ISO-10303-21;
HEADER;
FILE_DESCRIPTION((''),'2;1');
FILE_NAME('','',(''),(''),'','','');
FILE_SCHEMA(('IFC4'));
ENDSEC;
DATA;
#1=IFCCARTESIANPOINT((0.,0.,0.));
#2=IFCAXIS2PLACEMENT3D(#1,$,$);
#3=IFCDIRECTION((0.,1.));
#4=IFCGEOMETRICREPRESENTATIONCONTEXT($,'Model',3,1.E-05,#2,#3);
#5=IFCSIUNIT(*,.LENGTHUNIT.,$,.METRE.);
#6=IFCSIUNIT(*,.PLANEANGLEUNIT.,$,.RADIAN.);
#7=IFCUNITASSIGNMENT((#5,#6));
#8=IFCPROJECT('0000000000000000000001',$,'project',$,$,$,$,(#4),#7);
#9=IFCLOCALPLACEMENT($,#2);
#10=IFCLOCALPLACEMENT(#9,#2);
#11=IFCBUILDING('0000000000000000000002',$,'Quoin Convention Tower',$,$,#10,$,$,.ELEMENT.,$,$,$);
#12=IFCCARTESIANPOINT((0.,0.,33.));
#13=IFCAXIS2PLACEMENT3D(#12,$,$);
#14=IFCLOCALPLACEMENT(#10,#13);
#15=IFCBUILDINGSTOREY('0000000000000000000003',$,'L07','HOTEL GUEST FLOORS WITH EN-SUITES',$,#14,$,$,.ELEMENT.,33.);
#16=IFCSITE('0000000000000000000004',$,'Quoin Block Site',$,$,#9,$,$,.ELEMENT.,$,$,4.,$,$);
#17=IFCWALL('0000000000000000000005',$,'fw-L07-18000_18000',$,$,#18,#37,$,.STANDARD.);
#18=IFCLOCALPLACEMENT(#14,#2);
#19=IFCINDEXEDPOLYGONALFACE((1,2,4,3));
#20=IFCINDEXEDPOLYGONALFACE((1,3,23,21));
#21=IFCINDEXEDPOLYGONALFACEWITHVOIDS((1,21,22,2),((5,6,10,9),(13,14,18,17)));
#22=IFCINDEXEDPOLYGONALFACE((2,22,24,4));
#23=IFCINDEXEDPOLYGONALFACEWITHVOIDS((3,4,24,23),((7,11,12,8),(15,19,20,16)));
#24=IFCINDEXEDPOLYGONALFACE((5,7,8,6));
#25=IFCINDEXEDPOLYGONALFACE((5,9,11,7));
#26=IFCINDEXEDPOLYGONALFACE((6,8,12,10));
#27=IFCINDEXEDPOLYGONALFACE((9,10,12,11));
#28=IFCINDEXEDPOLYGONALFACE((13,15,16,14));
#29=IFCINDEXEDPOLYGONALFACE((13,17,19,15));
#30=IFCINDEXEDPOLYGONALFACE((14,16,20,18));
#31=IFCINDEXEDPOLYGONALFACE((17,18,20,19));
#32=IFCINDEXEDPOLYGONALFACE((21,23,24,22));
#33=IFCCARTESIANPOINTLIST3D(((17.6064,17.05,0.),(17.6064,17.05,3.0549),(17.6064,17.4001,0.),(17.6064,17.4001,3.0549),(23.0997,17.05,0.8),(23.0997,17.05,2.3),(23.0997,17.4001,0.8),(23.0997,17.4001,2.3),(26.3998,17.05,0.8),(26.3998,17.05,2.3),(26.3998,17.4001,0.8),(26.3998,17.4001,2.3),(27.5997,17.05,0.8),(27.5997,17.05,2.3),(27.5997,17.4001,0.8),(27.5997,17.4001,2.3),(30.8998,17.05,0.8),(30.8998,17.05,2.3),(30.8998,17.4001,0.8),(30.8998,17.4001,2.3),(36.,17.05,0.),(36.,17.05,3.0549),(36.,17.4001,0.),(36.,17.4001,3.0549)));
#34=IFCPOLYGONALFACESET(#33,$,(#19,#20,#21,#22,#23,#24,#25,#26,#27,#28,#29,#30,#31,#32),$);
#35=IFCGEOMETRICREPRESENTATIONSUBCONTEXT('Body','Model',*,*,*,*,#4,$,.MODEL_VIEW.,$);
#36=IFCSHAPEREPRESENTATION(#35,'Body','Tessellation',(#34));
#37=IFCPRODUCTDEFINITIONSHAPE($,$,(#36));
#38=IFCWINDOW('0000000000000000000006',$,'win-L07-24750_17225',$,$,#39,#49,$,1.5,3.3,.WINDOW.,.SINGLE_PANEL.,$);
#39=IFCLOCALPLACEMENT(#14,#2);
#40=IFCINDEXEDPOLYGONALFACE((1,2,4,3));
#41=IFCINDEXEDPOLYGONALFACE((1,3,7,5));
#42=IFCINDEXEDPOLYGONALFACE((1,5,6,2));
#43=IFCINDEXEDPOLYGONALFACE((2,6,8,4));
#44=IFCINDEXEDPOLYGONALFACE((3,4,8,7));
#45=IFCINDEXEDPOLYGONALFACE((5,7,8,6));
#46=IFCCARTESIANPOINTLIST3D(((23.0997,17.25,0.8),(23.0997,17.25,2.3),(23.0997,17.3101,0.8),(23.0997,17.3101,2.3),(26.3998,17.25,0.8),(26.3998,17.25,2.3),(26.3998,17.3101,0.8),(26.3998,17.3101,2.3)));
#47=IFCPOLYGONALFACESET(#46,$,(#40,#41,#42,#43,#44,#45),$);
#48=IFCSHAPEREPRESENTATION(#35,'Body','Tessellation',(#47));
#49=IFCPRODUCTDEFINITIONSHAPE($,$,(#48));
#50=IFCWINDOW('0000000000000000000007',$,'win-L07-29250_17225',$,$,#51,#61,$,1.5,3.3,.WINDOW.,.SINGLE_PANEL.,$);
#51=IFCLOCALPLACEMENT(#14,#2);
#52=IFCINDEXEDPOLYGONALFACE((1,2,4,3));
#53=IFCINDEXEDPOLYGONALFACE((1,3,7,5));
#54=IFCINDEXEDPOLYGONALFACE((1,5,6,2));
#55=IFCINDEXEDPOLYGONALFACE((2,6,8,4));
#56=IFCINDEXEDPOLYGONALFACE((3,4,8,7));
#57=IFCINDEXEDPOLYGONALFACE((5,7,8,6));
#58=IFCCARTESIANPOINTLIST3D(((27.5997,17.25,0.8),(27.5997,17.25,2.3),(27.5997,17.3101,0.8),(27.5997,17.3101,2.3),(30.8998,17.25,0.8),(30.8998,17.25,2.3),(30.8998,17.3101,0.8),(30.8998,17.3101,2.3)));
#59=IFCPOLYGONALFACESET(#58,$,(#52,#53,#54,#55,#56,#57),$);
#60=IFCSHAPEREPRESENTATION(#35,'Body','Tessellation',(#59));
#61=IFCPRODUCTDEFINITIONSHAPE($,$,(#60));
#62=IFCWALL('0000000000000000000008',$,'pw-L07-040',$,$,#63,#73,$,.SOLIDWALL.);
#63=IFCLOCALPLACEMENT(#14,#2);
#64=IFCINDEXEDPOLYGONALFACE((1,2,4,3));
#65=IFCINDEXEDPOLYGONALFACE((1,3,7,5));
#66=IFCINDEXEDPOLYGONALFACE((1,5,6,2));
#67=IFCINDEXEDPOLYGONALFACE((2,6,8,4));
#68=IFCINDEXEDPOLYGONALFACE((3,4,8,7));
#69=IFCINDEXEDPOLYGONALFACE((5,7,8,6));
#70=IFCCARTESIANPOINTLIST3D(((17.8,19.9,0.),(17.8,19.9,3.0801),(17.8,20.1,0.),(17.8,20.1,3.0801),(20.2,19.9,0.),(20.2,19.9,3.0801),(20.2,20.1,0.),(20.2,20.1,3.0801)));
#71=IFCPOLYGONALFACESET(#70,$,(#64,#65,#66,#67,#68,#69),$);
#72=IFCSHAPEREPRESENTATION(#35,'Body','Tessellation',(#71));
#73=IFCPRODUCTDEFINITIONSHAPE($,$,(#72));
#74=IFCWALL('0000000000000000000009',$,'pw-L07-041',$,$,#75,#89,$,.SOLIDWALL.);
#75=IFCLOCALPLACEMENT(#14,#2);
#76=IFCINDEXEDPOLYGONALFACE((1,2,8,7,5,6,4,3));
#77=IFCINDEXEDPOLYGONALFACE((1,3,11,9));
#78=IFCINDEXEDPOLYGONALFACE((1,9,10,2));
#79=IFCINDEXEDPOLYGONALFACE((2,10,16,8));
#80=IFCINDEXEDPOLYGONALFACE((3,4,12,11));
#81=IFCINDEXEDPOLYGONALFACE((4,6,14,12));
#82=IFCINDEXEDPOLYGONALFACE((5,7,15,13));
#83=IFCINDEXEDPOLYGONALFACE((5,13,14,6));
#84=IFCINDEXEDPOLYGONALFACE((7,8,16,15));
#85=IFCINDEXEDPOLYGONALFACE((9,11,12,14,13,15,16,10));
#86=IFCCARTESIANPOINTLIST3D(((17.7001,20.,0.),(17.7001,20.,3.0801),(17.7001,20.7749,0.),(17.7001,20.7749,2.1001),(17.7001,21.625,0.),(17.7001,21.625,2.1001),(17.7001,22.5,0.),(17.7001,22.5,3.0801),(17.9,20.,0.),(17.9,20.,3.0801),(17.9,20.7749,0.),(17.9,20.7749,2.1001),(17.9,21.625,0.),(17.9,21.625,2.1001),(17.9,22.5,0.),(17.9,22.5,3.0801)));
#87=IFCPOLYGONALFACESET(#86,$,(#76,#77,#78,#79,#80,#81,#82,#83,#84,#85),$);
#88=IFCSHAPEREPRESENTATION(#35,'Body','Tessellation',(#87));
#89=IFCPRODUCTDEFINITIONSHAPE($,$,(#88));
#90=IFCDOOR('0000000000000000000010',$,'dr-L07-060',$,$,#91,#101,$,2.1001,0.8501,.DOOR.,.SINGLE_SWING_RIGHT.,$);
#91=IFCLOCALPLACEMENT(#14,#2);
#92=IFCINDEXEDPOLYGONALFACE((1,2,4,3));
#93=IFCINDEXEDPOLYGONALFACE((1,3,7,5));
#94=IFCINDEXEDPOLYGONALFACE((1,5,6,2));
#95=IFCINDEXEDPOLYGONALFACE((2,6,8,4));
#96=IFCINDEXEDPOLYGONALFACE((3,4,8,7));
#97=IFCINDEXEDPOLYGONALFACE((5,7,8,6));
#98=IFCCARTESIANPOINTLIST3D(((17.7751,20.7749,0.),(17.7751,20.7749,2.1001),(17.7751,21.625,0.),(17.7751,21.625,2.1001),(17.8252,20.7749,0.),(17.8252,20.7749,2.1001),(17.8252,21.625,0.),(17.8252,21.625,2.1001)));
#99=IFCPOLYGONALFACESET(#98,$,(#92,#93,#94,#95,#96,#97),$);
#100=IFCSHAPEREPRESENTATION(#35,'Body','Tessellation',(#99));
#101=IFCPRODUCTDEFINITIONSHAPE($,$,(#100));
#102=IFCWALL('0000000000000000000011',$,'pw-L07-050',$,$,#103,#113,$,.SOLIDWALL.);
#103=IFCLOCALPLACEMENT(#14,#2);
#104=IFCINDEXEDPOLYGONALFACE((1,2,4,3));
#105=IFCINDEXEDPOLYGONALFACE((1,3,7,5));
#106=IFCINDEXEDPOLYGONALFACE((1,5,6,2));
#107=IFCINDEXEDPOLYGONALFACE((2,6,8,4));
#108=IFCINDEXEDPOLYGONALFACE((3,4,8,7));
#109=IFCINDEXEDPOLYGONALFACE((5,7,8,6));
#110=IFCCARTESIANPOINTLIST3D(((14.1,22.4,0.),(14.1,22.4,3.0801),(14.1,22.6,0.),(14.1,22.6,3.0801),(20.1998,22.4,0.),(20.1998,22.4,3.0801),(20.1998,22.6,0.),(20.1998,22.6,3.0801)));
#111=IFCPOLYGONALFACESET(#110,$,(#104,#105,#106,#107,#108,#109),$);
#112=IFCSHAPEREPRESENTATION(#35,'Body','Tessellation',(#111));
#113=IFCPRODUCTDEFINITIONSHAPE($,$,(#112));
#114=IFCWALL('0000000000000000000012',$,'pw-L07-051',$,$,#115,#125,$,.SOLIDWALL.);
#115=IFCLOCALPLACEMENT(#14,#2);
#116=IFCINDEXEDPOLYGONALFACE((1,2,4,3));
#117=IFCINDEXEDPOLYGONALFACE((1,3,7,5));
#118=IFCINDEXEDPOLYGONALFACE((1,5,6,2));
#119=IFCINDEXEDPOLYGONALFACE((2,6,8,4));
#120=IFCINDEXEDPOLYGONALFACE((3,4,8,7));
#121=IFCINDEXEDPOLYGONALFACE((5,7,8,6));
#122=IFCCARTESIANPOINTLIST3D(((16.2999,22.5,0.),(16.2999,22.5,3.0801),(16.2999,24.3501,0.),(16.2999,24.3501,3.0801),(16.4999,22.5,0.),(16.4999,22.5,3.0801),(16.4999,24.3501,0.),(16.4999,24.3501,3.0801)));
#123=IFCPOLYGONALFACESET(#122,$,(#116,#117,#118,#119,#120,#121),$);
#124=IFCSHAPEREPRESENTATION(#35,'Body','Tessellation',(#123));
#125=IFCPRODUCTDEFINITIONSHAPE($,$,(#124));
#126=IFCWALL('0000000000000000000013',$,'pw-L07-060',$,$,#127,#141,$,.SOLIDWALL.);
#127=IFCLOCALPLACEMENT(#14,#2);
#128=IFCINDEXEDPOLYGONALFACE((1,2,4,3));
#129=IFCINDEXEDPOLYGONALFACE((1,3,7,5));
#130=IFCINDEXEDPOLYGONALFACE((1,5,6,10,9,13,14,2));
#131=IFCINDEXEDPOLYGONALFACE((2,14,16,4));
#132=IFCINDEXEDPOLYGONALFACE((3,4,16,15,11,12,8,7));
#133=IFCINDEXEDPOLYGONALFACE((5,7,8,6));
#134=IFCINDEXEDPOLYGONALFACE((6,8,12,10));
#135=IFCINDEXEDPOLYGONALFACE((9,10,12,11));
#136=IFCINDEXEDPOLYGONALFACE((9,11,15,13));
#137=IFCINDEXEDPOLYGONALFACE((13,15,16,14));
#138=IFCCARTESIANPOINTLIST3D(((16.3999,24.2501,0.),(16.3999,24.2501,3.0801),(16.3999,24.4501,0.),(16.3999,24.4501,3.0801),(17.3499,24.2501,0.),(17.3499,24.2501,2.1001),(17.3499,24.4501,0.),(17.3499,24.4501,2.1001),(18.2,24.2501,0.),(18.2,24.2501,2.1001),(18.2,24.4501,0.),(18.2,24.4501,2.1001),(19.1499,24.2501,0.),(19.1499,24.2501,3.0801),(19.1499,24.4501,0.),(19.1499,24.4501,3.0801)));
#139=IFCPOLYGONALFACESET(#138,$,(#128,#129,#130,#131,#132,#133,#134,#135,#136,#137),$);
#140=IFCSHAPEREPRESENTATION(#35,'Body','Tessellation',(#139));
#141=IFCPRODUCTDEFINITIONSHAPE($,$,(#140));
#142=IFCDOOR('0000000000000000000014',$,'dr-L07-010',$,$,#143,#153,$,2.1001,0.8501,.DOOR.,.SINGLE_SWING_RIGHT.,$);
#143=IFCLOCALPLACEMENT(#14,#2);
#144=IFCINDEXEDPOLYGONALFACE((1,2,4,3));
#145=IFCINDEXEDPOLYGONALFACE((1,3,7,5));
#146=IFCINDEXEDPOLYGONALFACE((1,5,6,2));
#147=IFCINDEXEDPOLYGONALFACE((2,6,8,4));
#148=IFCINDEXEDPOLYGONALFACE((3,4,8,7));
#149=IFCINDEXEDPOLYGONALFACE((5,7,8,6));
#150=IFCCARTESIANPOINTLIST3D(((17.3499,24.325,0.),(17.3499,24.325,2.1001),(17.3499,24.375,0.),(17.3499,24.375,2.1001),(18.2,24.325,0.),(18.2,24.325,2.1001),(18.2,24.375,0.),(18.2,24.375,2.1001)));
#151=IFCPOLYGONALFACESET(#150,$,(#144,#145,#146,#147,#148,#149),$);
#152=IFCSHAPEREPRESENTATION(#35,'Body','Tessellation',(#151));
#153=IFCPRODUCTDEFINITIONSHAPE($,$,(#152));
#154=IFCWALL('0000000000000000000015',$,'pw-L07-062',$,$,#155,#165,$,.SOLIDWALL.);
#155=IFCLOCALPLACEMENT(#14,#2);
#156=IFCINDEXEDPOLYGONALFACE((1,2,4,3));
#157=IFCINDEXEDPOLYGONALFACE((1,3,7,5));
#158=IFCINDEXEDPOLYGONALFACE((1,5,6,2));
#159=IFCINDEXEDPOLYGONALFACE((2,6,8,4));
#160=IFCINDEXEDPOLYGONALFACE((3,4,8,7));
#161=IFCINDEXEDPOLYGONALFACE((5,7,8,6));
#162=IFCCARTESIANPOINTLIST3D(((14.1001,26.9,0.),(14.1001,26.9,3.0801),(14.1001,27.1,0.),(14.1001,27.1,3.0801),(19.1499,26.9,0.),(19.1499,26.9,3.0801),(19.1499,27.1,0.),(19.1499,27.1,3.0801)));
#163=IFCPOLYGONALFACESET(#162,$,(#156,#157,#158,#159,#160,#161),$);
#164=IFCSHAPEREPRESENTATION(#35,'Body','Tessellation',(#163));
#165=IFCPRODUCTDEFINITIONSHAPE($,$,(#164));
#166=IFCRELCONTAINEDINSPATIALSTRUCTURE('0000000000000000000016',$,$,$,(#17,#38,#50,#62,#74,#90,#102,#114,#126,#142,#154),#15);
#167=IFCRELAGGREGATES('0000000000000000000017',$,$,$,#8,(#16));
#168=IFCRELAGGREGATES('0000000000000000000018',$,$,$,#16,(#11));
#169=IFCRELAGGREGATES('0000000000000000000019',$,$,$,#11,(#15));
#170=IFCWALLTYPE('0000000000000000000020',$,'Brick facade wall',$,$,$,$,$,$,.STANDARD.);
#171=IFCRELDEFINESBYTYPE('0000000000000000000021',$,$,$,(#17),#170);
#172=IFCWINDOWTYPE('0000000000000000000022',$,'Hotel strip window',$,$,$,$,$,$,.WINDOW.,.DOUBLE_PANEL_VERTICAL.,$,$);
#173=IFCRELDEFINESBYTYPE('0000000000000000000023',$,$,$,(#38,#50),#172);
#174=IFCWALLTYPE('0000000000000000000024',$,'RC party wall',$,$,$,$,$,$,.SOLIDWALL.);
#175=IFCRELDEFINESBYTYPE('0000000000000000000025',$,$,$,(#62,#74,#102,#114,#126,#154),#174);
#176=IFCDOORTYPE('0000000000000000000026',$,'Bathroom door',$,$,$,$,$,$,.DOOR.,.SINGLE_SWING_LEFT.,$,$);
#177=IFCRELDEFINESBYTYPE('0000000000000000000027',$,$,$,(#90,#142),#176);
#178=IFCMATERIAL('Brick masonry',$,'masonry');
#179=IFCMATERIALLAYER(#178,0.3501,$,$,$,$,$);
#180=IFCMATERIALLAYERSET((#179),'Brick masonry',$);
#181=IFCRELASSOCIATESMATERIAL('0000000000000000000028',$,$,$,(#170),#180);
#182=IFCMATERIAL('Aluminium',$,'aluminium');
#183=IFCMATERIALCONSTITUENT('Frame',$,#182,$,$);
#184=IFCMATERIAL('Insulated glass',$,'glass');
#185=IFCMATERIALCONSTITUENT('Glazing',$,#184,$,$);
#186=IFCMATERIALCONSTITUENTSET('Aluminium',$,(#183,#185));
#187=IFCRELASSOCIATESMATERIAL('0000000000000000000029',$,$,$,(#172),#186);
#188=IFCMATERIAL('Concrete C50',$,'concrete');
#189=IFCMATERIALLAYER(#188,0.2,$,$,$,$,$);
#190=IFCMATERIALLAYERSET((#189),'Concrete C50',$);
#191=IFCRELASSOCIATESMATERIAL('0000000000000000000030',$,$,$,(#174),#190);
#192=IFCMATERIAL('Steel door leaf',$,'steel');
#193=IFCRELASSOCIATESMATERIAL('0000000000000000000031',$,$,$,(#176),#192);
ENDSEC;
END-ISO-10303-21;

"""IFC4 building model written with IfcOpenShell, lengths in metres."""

from ifc_helpers import new_model, si_unit, direction, frame, frame_2d, origin, place, context, subcontext, project, spatial, rectangle, extrude, material, layer, layer_set, constituent, constituent_set, type_object, element, fill, save


model = new_model("IFC4")

# Units and contexts
model_context = context("Model", 3, precision=1e-05, world=origin(), true_north=direction((0.0, 1.0)))
body_context = subcontext(model_context, "Body", "Model", "MODEL_VIEW")
ifc_project = project(units=[si_unit("LENGTHUNIT", "METRE"), si_unit("PLANEANGLEUNIT", "RADIAN")], contexts=[model_context])

# Site, building, storey
site_placement = place(None, origin())
site = spatial("IfcSite", under=ifc_project, at=site_placement, Name="Quoin Block Site", CompositionType="ELEMENT", RefElevation=4.0)
building_placement = place(site_placement, origin())
building = spatial("IfcBuilding", under=site, at=building_placement, Name="Quoin Convention Tower", CompositionType="ELEMENT")
storey_placement = place(building_placement, frame((0.0, 0.0, 33.0)))
storey = spatial("IfcBuildingStorey", under=building, at=storey_placement, Name="L07", Description="HOTEL GUEST FLOORS WITH EN-SUITES", CompositionType="ELEMENT", Elevation=33.0)

# Shared definitions
ifc_material_1 = material(Name="Concrete C50", Category="concrete")

# Shared definitions
ifc_material_2 = material(Name="Brick masonry", Category="masonry")
ifc_layer_1 = layer(ifc_material_2, 0.3501)
ifc_layer_set_1 = layer_set([ifc_layer_1], Name="Brick masonry")
wall_type_1 = type_object("IfcWallType", Name="Brick facade wall", PredefinedType="STANDARD", material=ifc_layer_set_1)
ifc_material_3 = material(Name="Aluminium", Category="aluminium")
ifc_constituent_1 = constituent(ifc_material_3, Name="Frame")
ifc_material_4 = material(Name="Insulated glass", Category="glass")
ifc_constituent_2 = constituent(ifc_material_4, Name="Glazing")
ifc_constituent_set = constituent_set(constituents=[ifc_constituent_1, ifc_constituent_2], Name="Aluminium")
window_type = type_object("IfcWindowType", Name="Hotel strip window", PartitioningType="DOUBLE_PANEL_VERTICAL", PredefinedType="WINDOW", material=ifc_constituent_set)

# Wall, openings, windows
wall_1_placement = place(storey_placement, frame((17.6064, 17.2251, 0.0), z_axis=(0.0, 0.0, 1.0), x_axis=(1.0, 0.0, 0.0)))
wall_1 = element("IfcWall", 1, at=wall_1_placement, inside=storey, type_object=wall_type_1, Name="fw-L07-18000_18000", PredefinedType="STANDARD", context=body_context, shape_type="SweptSolid", body=[
    extrude(rectangle(XDim=18.3936, YDim=0.3501, at=frame_2d((9.1968, 0.0))), origin(), (0.0, 0.0, 1.0), 3.0549),
])
opening_1_placement = place(wall_1_placement, frame((5.4934, 0.0, 0.8)))
opening_1 = element("IfcOpeningElement", 2, at=opening_1_placement, cuts=wall_1, PredefinedType="OPENING", context=body_context, shape_type="SweptSolid", body=[
    extrude(rectangle(XDim=3.3, YDim=1.5, at=frame_2d((1.6499, 0.75))), frame((0.0, 0.1851, 0.0), z_axis=(0.0, -1.0, 0.0), x_axis=(1.0, 0.0, 0.0)), (0.0, 0.0, 1.0), 0.3701),
])
opening_2_placement = place(wall_1_placement, frame((9.9934, 0.0, 0.8)))
opening_2 = element("IfcOpeningElement", 3, at=opening_2_placement, cuts=wall_1, PredefinedType="OPENING", context=body_context, shape_type="SweptSolid", body=[
    extrude(rectangle(XDim=3.3, YDim=1.5, at=frame_2d((1.6499, 0.75))), frame((0.0, 0.1851, 0.0), z_axis=(0.0, -1.0, 0.0), x_axis=(1.0, 0.0, 0.0)), (0.0, 0.0, 1.0), 0.3701),
])
window_1_placement = place(opening_1_placement, origin())
window_1 = element("IfcWindow", 4, at=window_1_placement, inside=storey, type_object=window_type, Name="win-L07-24750_17225", OverallHeight=1.5, OverallWidth=3.3, PartitioningType="SINGLE_PANEL", PredefinedType="WINDOW", context=body_context, shape_type="SweptSolid", body=[
    extrude(rectangle(XDim=3.3, YDim=1.5, at=frame_2d((1.6499, 0.75))), frame((0.0, 0.085, 0.0), z_axis=(0.0, -1.0, 0.0), x_axis=(1.0, 0.0, 0.0)), (0.0, 0.0, 1.0), 0.0601),
])
fill(opening_1, window_1)
window_2_placement = place(opening_2_placement, origin())
window_2 = element("IfcWindow", 5, at=window_2_placement, inside=storey, type_object=window_type, Name="win-L07-29250_17225", OverallHeight=1.5, OverallWidth=3.3, PartitioningType="SINGLE_PANEL", PredefinedType="WINDOW", context=body_context, shape_type="SweptSolid", body=[
    extrude(rectangle(XDim=3.3, YDim=1.5, at=frame_2d((1.6499, 0.75))), frame((0.0, 0.085, 0.0), z_axis=(0.0, -1.0, 0.0), x_axis=(1.0, 0.0, 0.0)), (0.0, 0.0, 1.0), 0.0601),
])
fill(opening_2, window_2)

# Wall
ifc_layer_2 = layer(ifc_material_1, 0.2)
ifc_layer_set_2 = layer_set([ifc_layer_2], Name="Concrete C50")
wall_type_2 = type_object("IfcWallType", Name="RC party wall", PredefinedType="SOLIDWALL", material=ifc_layer_set_2)
wall_2_placement = place(storey_placement, frame((17.8, 20.0, 0.0), z_axis=(0.0, 0.0, 1.0), x_axis=(1.0, 0.0, 0.0)))
element("IfcWall", 6, at=wall_2_placement, inside=storey, type_object=wall_type_2, Name="pw-L07-040", PredefinedType="SOLIDWALL", context=body_context, shape_type="SweptSolid", body=[
    extrude(rectangle(XDim=2.3999, YDim=0.2, at=frame_2d((1.2, 0.0))), origin(), (0.0, 0.0, 1.0), 3.0801),
])

# Wall, opening, door
wall_3_placement = place(storey_placement, frame((17.8, 20.0, 0.0), z_axis=(0.0, 0.0, 1.0), x_axis=(0.0, 1.0, 0.0)))
wall_3 = element("IfcWall", 7, at=wall_3_placement, inside=storey, type_object=wall_type_2, Name="pw-L07-041", PredefinedType="SOLIDWALL", context=body_context, shape_type="SweptSolid", body=[
    extrude(rectangle(XDim=2.5, YDim=0.2, at=frame_2d((1.25, 0.0))), origin(), (0.0, 0.0, 1.0), 3.0801),
])
opening_3_placement = place(wall_3_placement, frame((0.7749, 0.0, 0.0)))
opening_3 = element("IfcOpeningElement", 8, at=opening_3_placement, cuts=wall_3, PredefinedType="OPENING", context=body_context, shape_type="SweptSolid", body=[
    extrude(rectangle(XDim=0.8501, YDim=2.1001, at=frame_2d((0.425, 1.05))), frame((0.0, 0.1099, 0.0), z_axis=(0.0, -1.0, 0.0), x_axis=(1.0, 0.0, 0.0)), (0.0, 0.0, 1.0), 0.22),
])
ifc_material_5 = material(Name="Steel door leaf", Category="steel")
door_type = type_object("IfcDoorType", Name="Bathroom door", OperationType="SINGLE_SWING_LEFT", PredefinedType="DOOR", material=ifc_material_5)
door_1_placement = place(opening_3_placement, origin())
door_1 = element("IfcDoor", 9, at=door_1_placement, inside=storey, type_object=door_type, Name="dr-L07-060", OperationType="SINGLE_SWING_RIGHT", OverallHeight=2.1001, OverallWidth=0.8501, PredefinedType="DOOR", context=body_context, shape_type="SweptSolid", body=[
    extrude(rectangle(XDim=0.8501, YDim=2.1001, at=frame_2d((0.425, 1.05))), frame((0.0, 0.0249, 0.0), z_axis=(0.0, -1.0, 0.0), x_axis=(1.0, 0.0, 0.0)), (0.0, 0.0, 1.0), 0.05),
])
fill(opening_3, door_1)

# Walls
wall_4_placement = place(storey_placement, frame((14.1001, 22.5, 0.0), z_axis=(0.0, 0.0, 1.0), x_axis=(1.0, 0.0, 0.0)))
element("IfcWall", 10, at=wall_4_placement, inside=storey, type_object=wall_type_2, Name="pw-L07-050", PredefinedType="SOLIDWALL", context=body_context, shape_type="SweptSolid", body=[
    extrude(rectangle(XDim=6.0999, YDim=0.2, at=frame_2d((3.0498, 0.0))), origin(), (0.0, 0.0, 1.0), 3.0801),
])
wall_5_placement = place(storey_placement, frame((16.3999, 22.5, 0.0), z_axis=(0.0, 0.0, 1.0), x_axis=(0.0, 1.0, 0.0)))
element("IfcWall", 11, at=wall_5_placement, inside=storey, type_object=wall_type_2, Name="pw-L07-051", PredefinedType="SOLIDWALL", context=body_context, shape_type="SweptSolid", body=[
    extrude(rectangle(XDim=1.8501, YDim=0.2, at=frame_2d((0.925, 0.0))), origin(), (0.0, 0.0, 1.0), 3.0801),
])

# Wall, opening, door
wall_6_placement = place(storey_placement, frame((16.3999, 24.3501, 0.0), z_axis=(0.0, 0.0, 1.0), x_axis=(1.0, 0.0, 0.0)))
wall_6 = element("IfcWall", 12, at=wall_6_placement, inside=storey, type_object=wall_type_2, Name="pw-L07-060", PredefinedType="SOLIDWALL", context=body_context, shape_type="SweptSolid", body=[
    extrude(rectangle(XDim=2.75, YDim=0.2, at=frame_2d((1.375, 0.0))), origin(), (0.0, 0.0, 1.0), 3.0801),
])
opening_4_placement = place(wall_6_placement, frame((0.95, 0.0, 0.0)))
opening_4 = element("IfcOpeningElement", 13, at=opening_4_placement, cuts=wall_6, PredefinedType="OPENING", context=body_context, shape_type="SweptSolid", body=[
    extrude(rectangle(XDim=0.8501, YDim=2.1001, at=frame_2d((0.425, 1.05))), frame((0.0, 0.1099, 0.0), z_axis=(0.0, -1.0, 0.0), x_axis=(1.0, 0.0, 0.0)), (0.0, 0.0, 1.0), 0.22),
])
door_2_placement = place(opening_4_placement, origin())
door_2 = element("IfcDoor", 14, at=door_2_placement, inside=storey, type_object=door_type, Name="dr-L07-010", OperationType="SINGLE_SWING_RIGHT", OverallHeight=2.1001, OverallWidth=0.8501, PredefinedType="DOOR", context=body_context, shape_type="SweptSolid", body=[
    extrude(rectangle(XDim=0.8501, YDim=2.1001, at=frame_2d((0.425, 1.05))), frame((0.0, 0.0249, 0.0), z_axis=(0.0, -1.0, 0.0), x_axis=(1.0, 0.0, 0.0)), (0.0, 0.0, 1.0), 0.05),
])
fill(opening_4, door_2)

# Wall
wall_7_placement = place(storey_placement, frame((14.1001, 27.0, 0.0), z_axis=(0.0, 0.0, 1.0), x_axis=(1.0, 0.0, 0.0)))
element("IfcWall", 15, at=wall_7_placement, inside=storey, type_object=wall_type_2, Name="pw-L07-062", PredefinedType="SOLIDWALL", context=body_context, shape_type="SweptSolid", body=[
    extrude(rectangle(XDim=5.0498, YDim=0.2, at=frame_2d((2.5249, 0.0))), origin(), (0.0, 0.0, 1.0), 3.0801),
])

save(model, "model.ifc")
